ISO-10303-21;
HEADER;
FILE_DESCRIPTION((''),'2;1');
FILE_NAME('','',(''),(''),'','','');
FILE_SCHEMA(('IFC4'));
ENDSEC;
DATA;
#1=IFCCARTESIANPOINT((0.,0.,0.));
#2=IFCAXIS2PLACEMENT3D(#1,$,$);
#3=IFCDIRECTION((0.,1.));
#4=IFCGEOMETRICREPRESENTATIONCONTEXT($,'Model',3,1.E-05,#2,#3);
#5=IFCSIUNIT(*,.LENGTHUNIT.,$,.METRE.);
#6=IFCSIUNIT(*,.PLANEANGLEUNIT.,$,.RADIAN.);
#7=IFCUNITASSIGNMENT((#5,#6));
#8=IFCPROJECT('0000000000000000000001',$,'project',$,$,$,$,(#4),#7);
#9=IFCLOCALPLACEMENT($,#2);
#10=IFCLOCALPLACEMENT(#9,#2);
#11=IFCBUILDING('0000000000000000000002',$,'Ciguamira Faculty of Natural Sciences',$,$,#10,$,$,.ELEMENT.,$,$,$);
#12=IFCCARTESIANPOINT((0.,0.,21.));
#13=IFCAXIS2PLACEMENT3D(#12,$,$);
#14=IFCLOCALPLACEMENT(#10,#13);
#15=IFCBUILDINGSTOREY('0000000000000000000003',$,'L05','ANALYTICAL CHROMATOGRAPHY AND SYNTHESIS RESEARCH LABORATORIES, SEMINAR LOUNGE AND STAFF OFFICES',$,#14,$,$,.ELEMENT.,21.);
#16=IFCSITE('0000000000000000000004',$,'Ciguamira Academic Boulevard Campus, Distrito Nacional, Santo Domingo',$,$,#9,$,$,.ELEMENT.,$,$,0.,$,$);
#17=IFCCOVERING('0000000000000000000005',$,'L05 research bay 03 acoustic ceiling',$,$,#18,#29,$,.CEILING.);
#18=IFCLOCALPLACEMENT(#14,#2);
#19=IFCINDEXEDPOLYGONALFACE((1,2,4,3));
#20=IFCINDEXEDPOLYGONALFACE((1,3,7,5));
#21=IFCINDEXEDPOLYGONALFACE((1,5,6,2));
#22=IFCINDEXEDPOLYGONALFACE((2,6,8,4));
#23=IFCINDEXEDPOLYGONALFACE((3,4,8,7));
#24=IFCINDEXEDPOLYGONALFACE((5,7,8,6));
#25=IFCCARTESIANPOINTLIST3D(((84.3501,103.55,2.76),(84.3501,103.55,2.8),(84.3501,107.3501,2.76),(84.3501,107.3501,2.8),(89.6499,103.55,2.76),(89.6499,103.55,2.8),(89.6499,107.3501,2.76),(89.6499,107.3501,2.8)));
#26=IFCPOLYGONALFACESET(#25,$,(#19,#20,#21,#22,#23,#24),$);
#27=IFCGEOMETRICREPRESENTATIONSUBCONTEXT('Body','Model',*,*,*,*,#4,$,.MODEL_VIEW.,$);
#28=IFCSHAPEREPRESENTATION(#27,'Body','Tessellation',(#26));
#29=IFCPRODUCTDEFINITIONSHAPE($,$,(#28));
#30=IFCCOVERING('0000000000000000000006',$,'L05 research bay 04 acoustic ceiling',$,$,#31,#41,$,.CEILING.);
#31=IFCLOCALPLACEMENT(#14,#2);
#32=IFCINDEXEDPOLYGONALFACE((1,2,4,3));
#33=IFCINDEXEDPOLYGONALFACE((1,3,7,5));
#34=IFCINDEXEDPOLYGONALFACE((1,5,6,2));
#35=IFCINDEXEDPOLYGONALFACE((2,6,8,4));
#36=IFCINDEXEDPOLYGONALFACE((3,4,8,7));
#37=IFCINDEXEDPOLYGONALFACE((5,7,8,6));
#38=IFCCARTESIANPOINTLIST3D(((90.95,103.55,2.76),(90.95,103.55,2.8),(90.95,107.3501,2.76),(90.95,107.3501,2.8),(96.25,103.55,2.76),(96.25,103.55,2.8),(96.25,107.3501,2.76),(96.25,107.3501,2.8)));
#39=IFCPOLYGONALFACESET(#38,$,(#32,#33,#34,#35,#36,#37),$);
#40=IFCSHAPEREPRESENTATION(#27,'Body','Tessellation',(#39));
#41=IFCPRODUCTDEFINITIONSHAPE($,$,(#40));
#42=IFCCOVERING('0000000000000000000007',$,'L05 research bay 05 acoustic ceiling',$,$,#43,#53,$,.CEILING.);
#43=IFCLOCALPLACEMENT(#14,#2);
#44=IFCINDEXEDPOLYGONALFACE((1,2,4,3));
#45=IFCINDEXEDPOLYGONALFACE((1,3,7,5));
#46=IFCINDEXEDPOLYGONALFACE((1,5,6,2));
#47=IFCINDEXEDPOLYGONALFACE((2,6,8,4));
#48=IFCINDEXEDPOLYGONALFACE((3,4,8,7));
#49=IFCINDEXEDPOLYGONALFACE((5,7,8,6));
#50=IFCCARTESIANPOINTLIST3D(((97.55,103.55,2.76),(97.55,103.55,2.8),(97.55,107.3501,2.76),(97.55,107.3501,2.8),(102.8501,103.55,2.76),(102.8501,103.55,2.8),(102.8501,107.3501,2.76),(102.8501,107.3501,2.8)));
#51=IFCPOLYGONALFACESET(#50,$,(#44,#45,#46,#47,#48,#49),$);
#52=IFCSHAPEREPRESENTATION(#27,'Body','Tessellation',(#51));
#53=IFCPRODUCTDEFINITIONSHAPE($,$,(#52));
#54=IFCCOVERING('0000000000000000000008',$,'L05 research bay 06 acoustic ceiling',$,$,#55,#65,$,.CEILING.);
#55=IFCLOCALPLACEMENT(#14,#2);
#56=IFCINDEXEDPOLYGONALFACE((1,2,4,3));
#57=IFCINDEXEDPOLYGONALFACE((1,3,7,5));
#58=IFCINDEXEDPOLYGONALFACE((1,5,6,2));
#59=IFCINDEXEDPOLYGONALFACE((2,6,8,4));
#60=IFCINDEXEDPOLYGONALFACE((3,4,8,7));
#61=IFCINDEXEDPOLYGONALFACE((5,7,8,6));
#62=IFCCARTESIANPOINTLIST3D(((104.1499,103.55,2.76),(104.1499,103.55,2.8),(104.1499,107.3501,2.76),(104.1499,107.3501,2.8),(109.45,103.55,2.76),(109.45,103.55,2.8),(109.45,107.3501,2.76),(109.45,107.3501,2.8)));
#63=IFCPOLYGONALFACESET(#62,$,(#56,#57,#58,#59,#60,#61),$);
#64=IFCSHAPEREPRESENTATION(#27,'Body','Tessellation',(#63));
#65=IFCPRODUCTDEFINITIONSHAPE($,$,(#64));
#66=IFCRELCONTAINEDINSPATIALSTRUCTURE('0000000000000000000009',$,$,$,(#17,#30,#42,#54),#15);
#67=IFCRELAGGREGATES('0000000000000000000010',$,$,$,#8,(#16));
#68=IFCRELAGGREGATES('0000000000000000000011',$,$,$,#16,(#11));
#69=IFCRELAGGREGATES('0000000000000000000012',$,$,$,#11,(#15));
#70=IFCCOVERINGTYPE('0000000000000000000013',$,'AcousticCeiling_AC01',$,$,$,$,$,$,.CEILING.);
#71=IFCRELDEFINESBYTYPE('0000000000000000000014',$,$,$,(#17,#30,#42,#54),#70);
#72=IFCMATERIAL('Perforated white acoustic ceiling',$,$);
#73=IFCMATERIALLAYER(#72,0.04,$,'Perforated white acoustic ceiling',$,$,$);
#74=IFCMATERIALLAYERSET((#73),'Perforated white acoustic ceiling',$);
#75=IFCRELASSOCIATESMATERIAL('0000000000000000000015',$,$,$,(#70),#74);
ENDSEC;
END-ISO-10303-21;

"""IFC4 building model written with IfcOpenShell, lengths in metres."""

from ifc_helpers import new_model, si_unit, direction, frame, origin, place, context, subcontext, project, spatial, polyline, outline, extrude, material, layer, layer_set, type_object, element, save


model = new_model("IFC4")

# Units and contexts
model_context = context("Model", 3, precision=1e-05, world=origin(), true_north=direction((0.0, 1.0)))
body_context = subcontext(model_context, "Body", "Model", "MODEL_VIEW")
ifc_project = project(units=[si_unit("LENGTHUNIT", "METRE"), si_unit("PLANEANGLEUNIT", "RADIAN")], contexts=[model_context])

# Site, building, storey
site_placement = place(None, origin())
site = spatial("IfcSite", under=ifc_project, at=site_placement, Name="Ciguamira Academic Boulevard Campus, Distrito Nacional, Santo Domingo", CompositionType="ELEMENT", RefElevation=0.0)
building_placement = place(site_placement, origin())
building = spatial("IfcBuilding", under=site, at=building_placement, Name="Ciguamira Faculty of Natural Sciences", CompositionType="ELEMENT")
storey_placement = place(building_placement, frame((0.0, 0.0, 21.0)))
storey = spatial("IfcBuildingStorey", under=building, at=storey_placement, Name="L05", Description="ANALYTICAL CHROMATOGRAPHY AND SYNTHESIS RESEARCH LABORATORIES, SEMINAR LOUNGE AND STAFF OFFICES", CompositionType="ELEMENT", Elevation=21.0)

# Coverings
ifc_material_1 = material(Name="Perforated white acoustic ceiling")
ifc_layer_1 = layer(ifc_material_1, 0.04, Name="Perforated white acoustic ceiling")
ifc_layer_set_1 = layer_set([ifc_layer_1], Name="Perforated white acoustic ceiling")
covering_type = type_object("IfcCoveringType", Name="AcousticCeiling_AC01", PredefinedType="CEILING", material=ifc_layer_set_1)
covering_1_placement = place(storey_placement, frame((0.0, 0.0, 2.76)))
element("IfcCovering", 1, at=covering_1_placement, inside=storey, type_object=covering_type, Name="L05 research bay 03 acoustic ceiling", PredefinedType="CEILING", context=body_context, shape_type="SweptSolid", body=[
    extrude(outline(polyline([(84.3501, 103.55), (89.6499, 103.55), (89.6499, 107.3501), (84.3501, 107.3501), (84.3501, 103.55)])), origin(), (0.0, 0.0, 1.0), 0.04),
])
covering_2_placement = place(storey_placement, frame((0.0, 0.0, 2.76)))
element("IfcCovering", 2, at=covering_2_placement, inside=storey, type_object=covering_type, Name="L05 research bay 04 acoustic ceiling", PredefinedType="CEILING", context=body_context, shape_type="SweptSolid", body=[
    extrude(outline(polyline([(90.95, 103.55), (96.25, 103.55), (96.25, 107.3501), (90.95, 107.3501), (90.95, 103.55)])), origin(), (0.0, 0.0, 1.0), 0.04),
])
covering_3_placement = place(storey_placement, frame((0.0, 0.0, 2.76)))
element("IfcCovering", 3, at=covering_3_placement, inside=storey, type_object=covering_type, Name="L05 research bay 05 acoustic ceiling", PredefinedType="CEILING", context=body_context, shape_type="SweptSolid", body=[
    extrude(outline(polyline([(97.55, 103.55), (102.8501, 103.55), (102.8501, 107.3501), (97.55, 107.3501), (97.55, 103.55)])), origin(), (0.0, 0.0, 1.0), 0.04),
])
covering_4_placement = place(storey_placement, frame((0.0, 0.0, 2.76)))
element("IfcCovering", 4, at=covering_4_placement, inside=storey, type_object=covering_type, Name="L05 research bay 06 acoustic ceiling", PredefinedType="CEILING", context=body_context, shape_type="SweptSolid", body=[
    extrude(outline(polyline([(104.1499, 103.55), (109.45, 103.55), (109.45, 107.3501), (104.1499, 107.3501), (104.1499, 103.55)])), origin(), (0.0, 0.0, 1.0), 0.04),
])

save(model, "model.ifc")
